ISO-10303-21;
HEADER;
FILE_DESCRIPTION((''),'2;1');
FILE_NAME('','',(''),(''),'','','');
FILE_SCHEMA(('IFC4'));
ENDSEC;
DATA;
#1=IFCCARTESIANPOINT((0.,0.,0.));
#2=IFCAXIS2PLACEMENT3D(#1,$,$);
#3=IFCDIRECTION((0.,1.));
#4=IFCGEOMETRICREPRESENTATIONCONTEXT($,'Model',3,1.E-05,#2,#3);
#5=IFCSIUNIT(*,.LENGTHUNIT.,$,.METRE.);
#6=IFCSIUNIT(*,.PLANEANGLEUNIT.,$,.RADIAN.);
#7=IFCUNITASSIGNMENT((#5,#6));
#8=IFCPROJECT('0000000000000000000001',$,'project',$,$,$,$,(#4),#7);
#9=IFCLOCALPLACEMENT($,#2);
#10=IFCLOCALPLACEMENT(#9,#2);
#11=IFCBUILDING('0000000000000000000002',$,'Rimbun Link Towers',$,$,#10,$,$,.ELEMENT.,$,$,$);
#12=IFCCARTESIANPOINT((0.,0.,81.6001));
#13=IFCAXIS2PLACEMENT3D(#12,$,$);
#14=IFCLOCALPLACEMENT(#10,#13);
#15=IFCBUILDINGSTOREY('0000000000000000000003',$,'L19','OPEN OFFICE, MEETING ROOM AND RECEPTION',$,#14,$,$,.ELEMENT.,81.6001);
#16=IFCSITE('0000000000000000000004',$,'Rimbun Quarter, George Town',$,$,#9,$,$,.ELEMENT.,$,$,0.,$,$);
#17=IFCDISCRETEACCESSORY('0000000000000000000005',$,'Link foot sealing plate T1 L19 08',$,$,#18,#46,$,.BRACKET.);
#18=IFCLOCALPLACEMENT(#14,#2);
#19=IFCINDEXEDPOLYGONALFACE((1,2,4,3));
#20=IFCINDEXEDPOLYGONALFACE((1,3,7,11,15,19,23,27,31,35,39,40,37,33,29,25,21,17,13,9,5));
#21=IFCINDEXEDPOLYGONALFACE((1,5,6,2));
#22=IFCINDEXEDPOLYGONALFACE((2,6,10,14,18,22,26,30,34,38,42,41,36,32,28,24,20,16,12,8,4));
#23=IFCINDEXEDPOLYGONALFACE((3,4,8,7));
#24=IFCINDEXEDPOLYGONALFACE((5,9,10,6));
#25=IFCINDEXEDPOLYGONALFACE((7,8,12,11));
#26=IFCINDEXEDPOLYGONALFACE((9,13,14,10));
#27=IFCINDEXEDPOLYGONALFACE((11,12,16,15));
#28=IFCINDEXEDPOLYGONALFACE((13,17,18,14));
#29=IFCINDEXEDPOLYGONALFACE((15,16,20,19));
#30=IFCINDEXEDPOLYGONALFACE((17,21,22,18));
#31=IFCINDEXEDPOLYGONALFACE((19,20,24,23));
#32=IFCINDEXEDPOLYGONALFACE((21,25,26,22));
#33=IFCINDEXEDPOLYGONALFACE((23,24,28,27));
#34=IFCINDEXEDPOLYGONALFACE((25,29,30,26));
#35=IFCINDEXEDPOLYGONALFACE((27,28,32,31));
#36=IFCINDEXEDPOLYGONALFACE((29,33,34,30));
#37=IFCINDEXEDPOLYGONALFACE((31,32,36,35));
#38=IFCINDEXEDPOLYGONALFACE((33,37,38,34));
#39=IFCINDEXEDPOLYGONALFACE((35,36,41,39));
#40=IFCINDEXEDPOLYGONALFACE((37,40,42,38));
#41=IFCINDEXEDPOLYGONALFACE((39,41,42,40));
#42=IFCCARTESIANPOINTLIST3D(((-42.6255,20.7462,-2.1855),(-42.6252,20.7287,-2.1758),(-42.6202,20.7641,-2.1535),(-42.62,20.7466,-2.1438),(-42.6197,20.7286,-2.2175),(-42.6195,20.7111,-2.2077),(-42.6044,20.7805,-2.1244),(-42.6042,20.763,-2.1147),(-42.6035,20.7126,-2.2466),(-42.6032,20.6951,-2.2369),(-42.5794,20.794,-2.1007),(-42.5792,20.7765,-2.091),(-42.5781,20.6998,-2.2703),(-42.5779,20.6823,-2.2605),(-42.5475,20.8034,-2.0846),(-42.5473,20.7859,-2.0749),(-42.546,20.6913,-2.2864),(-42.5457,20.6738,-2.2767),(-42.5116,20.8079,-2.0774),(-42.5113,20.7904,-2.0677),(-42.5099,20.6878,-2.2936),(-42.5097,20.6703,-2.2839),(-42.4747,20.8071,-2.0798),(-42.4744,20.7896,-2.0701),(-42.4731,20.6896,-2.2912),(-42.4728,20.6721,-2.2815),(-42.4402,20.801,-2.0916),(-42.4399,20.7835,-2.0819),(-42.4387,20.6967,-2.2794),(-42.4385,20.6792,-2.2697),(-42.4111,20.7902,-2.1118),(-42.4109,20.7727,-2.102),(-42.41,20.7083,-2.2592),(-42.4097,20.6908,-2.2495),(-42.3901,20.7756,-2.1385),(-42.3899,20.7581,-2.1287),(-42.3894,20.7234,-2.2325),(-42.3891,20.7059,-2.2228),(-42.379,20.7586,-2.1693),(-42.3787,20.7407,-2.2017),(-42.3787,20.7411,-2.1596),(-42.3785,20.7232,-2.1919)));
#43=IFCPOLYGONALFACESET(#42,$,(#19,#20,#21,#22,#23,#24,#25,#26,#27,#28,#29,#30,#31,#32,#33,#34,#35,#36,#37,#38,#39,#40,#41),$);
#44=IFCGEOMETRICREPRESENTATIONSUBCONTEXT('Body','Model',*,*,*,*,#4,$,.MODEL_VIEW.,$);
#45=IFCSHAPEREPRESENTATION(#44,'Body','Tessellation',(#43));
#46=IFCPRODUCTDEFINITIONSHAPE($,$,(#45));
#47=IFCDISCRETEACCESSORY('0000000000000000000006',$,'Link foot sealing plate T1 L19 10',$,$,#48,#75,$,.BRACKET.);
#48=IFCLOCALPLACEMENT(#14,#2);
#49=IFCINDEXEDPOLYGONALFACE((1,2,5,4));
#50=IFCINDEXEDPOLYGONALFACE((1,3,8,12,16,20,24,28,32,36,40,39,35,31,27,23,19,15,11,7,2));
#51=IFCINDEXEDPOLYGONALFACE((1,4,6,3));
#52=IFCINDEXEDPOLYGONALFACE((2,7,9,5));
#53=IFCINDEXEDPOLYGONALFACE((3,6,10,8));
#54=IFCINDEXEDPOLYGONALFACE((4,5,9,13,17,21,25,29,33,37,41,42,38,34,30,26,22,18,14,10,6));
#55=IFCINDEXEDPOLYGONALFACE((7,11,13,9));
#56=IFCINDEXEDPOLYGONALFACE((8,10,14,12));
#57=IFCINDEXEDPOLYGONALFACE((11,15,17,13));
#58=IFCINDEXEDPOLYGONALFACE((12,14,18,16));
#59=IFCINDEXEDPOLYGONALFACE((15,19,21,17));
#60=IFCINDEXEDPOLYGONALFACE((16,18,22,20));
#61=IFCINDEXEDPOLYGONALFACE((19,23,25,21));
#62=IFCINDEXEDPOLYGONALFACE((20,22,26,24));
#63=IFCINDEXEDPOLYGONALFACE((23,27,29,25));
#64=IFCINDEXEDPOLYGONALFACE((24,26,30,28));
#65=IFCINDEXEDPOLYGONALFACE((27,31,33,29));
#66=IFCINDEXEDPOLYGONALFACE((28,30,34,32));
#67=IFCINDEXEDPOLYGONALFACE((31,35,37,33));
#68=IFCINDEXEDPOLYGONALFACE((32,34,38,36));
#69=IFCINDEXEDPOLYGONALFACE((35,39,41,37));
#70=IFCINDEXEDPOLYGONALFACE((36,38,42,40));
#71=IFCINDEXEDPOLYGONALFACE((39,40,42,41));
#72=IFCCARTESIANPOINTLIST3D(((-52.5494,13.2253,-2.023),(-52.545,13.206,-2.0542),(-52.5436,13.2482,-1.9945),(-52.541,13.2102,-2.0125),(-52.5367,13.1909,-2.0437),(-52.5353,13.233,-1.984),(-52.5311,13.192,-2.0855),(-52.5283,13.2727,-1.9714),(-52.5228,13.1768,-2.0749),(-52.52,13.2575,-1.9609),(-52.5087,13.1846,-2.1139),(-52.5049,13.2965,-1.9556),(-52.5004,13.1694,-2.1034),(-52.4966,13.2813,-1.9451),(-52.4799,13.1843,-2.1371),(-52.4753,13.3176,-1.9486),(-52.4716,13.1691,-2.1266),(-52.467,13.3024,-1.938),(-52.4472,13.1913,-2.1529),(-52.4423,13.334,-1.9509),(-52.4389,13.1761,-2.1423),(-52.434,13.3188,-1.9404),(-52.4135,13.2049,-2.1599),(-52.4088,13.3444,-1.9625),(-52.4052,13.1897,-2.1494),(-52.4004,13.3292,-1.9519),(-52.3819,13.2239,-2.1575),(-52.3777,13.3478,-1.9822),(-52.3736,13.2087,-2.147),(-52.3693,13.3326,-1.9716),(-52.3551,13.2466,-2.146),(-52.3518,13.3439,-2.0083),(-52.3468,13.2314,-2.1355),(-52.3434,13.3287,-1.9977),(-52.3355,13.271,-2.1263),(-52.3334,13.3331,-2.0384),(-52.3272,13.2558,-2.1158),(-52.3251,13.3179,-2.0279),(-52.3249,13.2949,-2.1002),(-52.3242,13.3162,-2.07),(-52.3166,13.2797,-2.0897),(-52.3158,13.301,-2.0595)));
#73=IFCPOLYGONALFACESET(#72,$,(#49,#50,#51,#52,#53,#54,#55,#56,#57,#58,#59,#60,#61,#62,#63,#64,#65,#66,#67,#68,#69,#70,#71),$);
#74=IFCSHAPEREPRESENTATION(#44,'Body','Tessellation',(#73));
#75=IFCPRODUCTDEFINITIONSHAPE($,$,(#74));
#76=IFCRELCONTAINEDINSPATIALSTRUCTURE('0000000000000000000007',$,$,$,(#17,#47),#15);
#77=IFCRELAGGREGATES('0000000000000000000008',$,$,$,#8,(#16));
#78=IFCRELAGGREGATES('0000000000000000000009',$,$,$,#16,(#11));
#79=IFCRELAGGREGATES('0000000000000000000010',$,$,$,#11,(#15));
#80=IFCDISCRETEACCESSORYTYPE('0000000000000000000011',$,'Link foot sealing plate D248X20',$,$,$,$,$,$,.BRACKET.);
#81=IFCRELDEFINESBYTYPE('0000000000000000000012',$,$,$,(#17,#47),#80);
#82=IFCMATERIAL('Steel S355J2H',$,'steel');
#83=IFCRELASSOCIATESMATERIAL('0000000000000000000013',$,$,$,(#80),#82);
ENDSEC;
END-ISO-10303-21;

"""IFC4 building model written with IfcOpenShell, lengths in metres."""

from ifc_helpers import new_model, si_unit, direction, frame, origin, origin_2d, place, context, subcontext, project, spatial, circle, extrude, material, material_profile, profile_set, type_object, element, save


model = new_model("IFC4")

# Units and contexts
model_context = context("Model", 3, precision=1e-05, world=origin(), true_north=direction((0.0, 1.0)))
body_context = subcontext(model_context, "Body", "Model", "MODEL_VIEW")
ifc_project = project(units=[si_unit("LENGTHUNIT", "METRE"), si_unit("PLANEANGLEUNIT", "RADIAN")], contexts=[model_context])

# Site, building, storey
site_placement = place(None, origin())
site = spatial("IfcSite", under=ifc_project, at=site_placement, Name="Rimbun Quarter, George Town", CompositionType="ELEMENT", RefElevation=0.0)
building_placement = place(site_placement, origin())
building = spatial("IfcBuilding", under=site, at=building_placement, Name="Rimbun Link Towers", CompositionType="ELEMENT")
storey_placement = place(building_placement, frame((0.0, 0.0, 81.6001)))
storey = spatial("IfcBuildingStorey", under=building, at=storey_placement, Name="L19", Description="OPEN OFFICE, MEETING ROOM AND RECEPTION", CompositionType="ELEMENT", Elevation=81.6001)

# Discrete accessories
ifc_material_1 = material(Name="Steel S355J2H", Category="steel")
ifc_material_profile_1 = material_profile(ifc_material_1, circle(Radius=0.124, at=origin_2d()), Name="PL D248")
ifc_profile_set_1 = profile_set([ifc_material_profile_1], Name="Steel S355J2H")
discrete_accessory_type = type_object("IfcDiscreteAccessoryType", Name="Link foot sealing plate D248X20", PredefinedType="BRACKET", material=ifc_profile_set_1)
discrete_accessory_1_placement = place(storey_placement, frame((-42.5012, 20.7305, -2.1758), z_axis=(-0.01214, 0.874093, -0.485607), x_axis=(-0.999904, -0.013888, 0.0)))
element("IfcDiscreteAccessory", 1, at=discrete_accessory_1_placement, inside=storey, type_object=discrete_accessory_type, Name="Link foot sealing plate T1 L19 08", PredefinedType="BRACKET", context=body_context, shape_type="SweptSolid", body=[
    extrude(circle(Radius=0.124, at=origin_2d()), origin(), (0.0, 0.0, 1.0), 0.02),
])
discrete_accessory_2_placement = place(storey_placement, frame((-52.428, 13.2505, -2.0437), z_axis=(-0.410833, 0.749166, -0.519583), x_axis=(-0.876812, -0.480833, 0.0)))
element("IfcDiscreteAccessory", 2, at=discrete_accessory_2_placement, inside=storey, type_object=discrete_accessory_type, Name="Link foot sealing plate T1 L19 10", PredefinedType="BRACKET", context=body_context, shape_type="SweptSolid", body=[
    extrude(circle(Radius=0.124, at=origin_2d()), origin(), (0.0, 0.0, 1.0), 0.0203),
])

save(model, "model.ifc")
